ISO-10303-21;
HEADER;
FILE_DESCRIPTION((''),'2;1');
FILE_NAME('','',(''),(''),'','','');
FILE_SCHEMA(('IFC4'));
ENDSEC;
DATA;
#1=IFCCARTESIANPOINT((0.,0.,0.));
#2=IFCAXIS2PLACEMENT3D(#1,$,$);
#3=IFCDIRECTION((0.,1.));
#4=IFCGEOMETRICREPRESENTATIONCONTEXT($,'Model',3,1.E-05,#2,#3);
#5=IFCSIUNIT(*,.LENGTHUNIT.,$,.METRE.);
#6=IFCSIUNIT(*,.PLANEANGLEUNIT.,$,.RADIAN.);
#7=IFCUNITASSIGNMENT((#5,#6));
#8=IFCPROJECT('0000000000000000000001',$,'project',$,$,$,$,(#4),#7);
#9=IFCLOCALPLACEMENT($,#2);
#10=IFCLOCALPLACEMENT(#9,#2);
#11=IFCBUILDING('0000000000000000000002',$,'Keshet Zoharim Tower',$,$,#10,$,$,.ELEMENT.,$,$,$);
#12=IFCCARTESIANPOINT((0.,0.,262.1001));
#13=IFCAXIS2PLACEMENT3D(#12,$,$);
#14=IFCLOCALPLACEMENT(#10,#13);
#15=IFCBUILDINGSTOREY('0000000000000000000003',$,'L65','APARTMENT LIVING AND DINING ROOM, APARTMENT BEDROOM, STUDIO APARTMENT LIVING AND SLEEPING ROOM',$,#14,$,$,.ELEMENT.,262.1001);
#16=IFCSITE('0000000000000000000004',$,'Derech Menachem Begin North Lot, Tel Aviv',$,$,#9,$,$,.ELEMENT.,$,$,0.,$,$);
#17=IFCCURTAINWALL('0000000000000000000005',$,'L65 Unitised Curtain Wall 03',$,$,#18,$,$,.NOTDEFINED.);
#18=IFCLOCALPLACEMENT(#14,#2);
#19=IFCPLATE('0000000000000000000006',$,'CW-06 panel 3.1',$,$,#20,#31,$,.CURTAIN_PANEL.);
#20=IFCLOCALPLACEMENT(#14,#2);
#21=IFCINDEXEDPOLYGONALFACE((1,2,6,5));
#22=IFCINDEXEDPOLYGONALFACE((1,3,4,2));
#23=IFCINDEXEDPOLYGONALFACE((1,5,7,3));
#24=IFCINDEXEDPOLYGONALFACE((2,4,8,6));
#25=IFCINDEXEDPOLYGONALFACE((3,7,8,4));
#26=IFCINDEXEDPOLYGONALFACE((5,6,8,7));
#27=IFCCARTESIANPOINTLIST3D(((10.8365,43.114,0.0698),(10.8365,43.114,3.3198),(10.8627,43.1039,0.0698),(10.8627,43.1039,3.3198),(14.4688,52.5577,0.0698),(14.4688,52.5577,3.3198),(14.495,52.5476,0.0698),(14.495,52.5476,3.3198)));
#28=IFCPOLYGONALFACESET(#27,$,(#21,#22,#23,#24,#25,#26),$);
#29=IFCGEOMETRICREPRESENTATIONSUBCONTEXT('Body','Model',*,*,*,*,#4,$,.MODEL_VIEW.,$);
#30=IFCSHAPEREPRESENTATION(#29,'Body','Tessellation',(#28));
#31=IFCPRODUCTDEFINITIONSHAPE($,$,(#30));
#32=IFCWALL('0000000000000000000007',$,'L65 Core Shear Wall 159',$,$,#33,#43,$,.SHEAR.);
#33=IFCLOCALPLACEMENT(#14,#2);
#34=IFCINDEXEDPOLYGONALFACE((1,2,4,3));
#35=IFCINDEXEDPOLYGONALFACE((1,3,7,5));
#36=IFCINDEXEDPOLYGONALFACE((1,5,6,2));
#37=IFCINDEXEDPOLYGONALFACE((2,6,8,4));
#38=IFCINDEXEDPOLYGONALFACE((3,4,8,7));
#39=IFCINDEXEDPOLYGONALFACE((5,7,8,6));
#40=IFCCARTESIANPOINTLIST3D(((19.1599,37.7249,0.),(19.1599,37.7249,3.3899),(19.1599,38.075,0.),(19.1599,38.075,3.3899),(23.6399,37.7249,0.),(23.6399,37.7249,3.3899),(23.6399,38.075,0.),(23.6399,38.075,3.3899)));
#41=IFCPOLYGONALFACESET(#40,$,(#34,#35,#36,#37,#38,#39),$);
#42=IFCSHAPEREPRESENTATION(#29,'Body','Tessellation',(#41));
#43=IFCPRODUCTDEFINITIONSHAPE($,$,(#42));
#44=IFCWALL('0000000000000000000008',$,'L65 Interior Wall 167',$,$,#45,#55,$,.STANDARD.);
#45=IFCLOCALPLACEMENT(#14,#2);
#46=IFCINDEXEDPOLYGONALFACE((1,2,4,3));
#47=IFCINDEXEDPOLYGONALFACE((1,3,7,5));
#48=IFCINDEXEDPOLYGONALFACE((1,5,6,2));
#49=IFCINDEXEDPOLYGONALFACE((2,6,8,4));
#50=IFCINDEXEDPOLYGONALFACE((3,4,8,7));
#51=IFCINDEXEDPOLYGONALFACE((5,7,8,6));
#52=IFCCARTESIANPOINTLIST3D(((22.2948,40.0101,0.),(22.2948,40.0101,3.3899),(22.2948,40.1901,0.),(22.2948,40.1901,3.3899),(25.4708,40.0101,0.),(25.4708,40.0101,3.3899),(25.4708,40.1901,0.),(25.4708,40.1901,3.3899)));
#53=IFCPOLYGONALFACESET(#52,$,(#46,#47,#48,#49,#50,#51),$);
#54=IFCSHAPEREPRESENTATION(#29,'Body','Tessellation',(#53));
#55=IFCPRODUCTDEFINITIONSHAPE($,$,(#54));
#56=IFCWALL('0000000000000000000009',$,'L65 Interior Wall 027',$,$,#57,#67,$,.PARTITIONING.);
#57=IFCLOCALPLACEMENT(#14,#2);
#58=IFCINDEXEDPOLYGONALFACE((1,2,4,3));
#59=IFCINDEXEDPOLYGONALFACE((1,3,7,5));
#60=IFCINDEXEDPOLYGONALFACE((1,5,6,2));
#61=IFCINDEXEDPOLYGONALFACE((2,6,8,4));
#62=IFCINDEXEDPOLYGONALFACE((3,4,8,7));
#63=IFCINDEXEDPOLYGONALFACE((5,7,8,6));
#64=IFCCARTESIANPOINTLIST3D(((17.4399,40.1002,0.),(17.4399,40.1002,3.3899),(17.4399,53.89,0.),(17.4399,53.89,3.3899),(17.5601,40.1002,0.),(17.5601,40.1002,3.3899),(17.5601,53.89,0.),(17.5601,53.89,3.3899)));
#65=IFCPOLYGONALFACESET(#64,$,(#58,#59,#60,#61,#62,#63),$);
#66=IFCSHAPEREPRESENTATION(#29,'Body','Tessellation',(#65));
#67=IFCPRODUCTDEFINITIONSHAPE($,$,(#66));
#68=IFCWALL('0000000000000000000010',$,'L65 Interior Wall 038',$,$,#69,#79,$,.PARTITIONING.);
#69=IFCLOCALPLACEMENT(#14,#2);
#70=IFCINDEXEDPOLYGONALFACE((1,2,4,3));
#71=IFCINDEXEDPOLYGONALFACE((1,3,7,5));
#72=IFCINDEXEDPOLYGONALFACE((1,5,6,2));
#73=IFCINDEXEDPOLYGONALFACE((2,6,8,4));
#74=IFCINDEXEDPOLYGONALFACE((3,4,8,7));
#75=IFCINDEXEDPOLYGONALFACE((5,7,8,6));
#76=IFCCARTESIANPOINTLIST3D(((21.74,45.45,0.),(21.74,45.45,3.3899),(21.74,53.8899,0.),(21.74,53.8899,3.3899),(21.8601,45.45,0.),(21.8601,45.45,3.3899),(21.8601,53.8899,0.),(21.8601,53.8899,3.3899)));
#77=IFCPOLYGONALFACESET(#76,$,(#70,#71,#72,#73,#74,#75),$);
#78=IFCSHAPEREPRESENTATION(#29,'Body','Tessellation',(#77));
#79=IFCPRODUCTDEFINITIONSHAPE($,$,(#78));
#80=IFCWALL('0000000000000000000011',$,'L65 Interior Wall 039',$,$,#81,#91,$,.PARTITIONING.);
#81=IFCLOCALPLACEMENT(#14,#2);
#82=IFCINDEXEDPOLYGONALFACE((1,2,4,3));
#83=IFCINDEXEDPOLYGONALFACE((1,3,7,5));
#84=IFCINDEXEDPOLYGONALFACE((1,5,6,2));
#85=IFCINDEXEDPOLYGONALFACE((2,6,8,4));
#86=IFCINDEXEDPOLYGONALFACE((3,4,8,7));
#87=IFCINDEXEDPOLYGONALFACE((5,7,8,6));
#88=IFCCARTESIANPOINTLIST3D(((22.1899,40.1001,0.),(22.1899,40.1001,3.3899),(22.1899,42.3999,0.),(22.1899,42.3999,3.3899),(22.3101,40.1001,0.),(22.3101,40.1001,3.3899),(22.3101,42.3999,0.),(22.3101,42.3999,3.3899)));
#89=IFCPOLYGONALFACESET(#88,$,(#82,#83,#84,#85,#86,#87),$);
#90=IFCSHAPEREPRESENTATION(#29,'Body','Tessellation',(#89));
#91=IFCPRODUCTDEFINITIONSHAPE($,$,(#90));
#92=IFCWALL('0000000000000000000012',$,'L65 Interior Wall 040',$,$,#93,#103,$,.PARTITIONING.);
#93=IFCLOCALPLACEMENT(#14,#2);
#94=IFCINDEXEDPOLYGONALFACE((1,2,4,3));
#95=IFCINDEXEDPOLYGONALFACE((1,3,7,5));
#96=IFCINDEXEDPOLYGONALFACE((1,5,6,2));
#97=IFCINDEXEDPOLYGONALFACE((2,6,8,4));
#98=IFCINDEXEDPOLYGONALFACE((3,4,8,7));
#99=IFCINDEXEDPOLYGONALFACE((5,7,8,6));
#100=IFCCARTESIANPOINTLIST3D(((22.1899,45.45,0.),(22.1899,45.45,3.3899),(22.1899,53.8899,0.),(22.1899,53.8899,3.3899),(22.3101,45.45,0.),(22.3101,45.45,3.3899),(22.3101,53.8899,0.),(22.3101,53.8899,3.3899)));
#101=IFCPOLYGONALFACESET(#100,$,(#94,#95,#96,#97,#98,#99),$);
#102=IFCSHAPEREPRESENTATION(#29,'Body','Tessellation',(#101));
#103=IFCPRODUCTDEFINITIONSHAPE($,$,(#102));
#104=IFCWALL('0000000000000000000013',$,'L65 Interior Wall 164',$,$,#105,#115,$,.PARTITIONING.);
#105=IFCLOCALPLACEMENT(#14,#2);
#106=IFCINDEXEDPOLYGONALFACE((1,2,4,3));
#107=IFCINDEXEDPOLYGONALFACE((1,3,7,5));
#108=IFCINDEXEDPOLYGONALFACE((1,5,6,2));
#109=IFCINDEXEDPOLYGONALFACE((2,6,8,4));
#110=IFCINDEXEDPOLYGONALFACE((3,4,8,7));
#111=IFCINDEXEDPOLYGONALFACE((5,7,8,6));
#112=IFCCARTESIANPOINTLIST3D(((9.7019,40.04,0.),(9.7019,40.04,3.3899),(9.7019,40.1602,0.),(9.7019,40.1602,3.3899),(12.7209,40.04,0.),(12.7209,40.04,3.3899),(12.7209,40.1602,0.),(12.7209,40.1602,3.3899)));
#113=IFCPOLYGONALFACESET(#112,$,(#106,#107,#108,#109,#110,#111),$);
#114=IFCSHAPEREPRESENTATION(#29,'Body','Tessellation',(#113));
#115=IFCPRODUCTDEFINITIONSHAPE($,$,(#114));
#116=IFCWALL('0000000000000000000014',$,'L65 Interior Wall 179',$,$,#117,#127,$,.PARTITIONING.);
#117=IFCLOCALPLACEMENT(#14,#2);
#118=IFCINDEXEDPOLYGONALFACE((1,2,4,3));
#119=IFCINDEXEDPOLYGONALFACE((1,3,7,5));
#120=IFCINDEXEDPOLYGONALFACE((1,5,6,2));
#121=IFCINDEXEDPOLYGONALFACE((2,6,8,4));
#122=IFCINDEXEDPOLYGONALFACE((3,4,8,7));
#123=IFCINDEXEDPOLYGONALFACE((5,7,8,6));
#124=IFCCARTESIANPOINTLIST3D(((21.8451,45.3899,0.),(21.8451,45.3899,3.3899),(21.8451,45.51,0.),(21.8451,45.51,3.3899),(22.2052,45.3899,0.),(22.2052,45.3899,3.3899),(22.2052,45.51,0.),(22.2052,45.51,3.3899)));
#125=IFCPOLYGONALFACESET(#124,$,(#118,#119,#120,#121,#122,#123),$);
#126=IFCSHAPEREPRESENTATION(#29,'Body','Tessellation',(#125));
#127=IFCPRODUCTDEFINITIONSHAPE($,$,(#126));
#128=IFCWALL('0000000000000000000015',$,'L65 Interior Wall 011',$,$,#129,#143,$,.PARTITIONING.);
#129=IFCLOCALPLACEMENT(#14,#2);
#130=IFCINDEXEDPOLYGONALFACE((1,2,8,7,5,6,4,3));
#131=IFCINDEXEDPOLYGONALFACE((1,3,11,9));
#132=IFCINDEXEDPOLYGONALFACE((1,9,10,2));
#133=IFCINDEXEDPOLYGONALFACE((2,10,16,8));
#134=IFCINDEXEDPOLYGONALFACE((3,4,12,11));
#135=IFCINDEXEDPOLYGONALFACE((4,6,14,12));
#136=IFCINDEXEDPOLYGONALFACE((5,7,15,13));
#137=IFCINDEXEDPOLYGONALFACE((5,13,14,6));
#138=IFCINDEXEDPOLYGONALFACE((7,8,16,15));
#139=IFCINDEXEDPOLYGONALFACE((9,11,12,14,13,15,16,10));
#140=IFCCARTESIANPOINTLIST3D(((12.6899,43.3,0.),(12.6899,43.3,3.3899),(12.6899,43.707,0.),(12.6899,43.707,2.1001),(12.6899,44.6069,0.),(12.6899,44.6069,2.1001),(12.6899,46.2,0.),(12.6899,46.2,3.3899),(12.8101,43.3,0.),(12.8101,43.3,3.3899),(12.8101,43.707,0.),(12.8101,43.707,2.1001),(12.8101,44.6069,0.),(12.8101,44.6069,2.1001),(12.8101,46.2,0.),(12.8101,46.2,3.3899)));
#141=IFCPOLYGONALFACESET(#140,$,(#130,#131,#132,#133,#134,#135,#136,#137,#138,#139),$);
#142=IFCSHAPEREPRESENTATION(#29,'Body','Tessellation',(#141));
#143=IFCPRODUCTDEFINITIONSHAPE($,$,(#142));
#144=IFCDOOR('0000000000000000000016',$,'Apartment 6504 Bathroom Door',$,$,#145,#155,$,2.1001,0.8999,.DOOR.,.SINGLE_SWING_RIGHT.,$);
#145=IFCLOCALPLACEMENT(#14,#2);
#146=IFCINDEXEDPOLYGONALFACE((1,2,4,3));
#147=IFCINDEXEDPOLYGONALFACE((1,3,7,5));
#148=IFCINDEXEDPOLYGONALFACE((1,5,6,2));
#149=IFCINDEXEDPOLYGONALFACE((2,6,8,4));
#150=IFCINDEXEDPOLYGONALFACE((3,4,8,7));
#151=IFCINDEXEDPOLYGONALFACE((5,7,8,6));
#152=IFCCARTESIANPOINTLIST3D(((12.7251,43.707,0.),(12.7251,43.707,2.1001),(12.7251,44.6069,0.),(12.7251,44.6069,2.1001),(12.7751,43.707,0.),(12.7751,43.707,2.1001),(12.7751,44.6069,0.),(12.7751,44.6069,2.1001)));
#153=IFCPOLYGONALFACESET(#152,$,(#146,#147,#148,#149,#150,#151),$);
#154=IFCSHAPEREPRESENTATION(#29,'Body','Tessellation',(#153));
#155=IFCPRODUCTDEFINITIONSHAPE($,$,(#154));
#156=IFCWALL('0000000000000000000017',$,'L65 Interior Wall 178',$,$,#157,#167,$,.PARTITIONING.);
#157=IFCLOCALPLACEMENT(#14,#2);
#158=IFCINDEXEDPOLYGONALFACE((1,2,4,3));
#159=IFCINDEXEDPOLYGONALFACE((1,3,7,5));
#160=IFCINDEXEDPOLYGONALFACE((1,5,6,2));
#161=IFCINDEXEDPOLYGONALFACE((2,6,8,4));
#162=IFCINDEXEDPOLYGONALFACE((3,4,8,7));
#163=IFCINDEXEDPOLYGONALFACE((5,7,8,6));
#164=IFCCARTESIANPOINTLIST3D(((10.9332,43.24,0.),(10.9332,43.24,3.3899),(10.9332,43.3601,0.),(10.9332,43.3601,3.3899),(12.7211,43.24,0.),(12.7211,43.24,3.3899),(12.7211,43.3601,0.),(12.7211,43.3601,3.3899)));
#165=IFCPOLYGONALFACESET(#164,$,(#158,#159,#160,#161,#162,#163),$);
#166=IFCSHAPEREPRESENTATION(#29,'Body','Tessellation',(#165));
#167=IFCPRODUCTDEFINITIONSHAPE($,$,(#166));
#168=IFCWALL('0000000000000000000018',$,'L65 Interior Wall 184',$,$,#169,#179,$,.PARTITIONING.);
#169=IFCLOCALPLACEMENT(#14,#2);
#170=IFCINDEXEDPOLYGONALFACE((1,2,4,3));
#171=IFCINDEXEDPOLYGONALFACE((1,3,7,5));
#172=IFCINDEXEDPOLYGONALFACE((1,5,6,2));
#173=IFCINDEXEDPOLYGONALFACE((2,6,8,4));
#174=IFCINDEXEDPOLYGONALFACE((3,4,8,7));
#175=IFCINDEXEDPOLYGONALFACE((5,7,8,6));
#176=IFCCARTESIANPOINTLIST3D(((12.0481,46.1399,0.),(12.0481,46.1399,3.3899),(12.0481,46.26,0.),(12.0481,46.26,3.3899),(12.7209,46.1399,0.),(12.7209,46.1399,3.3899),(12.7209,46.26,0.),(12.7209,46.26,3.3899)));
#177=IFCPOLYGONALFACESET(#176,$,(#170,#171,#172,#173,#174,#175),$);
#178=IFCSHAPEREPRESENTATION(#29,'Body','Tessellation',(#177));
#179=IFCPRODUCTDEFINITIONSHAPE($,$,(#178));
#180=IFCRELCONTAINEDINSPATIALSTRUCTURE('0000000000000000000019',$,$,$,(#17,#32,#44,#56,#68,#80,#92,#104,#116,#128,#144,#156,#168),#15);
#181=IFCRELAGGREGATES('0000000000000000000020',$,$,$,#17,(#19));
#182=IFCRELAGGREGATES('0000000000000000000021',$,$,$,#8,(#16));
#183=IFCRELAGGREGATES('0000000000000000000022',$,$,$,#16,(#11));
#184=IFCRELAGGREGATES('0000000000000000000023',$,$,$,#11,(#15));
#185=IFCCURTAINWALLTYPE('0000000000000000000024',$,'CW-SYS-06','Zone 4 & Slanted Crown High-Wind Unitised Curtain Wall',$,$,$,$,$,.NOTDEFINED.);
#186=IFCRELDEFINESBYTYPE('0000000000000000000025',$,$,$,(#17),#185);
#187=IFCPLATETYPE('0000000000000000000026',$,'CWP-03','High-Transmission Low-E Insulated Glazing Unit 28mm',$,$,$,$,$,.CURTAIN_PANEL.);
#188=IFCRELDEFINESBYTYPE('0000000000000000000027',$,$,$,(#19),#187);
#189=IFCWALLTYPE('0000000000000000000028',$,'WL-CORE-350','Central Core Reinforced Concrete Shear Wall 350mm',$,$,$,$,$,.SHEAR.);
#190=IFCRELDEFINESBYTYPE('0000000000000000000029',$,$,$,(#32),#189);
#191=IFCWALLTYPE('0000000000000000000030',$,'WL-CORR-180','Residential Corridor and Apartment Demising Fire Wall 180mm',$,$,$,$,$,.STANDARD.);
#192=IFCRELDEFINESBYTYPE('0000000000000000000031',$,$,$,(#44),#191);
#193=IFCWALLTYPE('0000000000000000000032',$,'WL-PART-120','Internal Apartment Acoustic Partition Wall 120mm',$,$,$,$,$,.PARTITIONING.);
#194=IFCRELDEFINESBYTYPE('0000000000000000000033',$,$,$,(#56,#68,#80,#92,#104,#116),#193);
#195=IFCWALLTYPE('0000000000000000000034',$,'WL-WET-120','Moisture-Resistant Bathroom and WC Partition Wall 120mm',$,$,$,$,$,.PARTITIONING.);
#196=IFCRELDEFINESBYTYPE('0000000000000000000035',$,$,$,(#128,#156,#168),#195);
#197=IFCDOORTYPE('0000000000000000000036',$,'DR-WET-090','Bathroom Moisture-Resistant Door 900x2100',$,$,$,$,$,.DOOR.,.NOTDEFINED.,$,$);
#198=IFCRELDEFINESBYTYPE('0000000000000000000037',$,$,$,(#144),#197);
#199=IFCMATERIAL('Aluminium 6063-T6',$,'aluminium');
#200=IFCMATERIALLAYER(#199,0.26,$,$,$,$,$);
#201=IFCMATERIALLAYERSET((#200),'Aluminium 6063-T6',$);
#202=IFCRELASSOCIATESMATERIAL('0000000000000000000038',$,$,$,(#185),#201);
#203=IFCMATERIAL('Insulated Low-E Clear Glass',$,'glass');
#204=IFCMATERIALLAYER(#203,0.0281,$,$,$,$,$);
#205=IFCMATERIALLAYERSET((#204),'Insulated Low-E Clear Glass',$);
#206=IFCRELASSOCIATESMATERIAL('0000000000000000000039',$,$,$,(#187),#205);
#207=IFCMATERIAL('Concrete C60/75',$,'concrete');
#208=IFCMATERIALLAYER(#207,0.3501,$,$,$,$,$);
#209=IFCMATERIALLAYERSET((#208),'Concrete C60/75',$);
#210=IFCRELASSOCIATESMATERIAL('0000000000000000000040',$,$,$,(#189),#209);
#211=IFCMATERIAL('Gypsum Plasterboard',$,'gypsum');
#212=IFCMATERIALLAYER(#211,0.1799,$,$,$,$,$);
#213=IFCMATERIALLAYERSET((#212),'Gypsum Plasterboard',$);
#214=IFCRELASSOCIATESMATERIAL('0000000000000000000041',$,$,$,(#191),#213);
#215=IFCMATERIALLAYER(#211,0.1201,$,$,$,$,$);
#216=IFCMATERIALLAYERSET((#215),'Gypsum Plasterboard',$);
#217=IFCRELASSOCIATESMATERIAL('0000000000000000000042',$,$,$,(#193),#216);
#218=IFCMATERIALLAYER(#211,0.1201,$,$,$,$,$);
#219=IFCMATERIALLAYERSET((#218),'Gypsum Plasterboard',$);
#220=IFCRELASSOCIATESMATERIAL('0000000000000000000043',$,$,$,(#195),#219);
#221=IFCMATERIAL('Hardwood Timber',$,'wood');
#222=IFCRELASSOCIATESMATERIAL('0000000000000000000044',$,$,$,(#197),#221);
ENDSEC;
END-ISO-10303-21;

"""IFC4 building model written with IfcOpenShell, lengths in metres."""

from ifc_helpers import new_model, si_unit, direction, frame, frame_2d, origin, origin_2d, place, context, subcontext, project, spatial, rectangle, extrude, material, layer, layer_set, type_object, element, fill, aggregate, save


model = new_model("IFC4")

# Units and contexts
model_context = context("Model", 3, precision=1e-05, world=origin(), true_north=direction((0.0, 1.0)))
body_context = subcontext(model_context, "Body", "Model", "MODEL_VIEW")
ifc_project = project(units=[si_unit("LENGTHUNIT", "METRE"), si_unit("PLANEANGLEUNIT", "RADIAN")], contexts=[model_context])

# Site, building, storey
site_placement = place(None, origin())
site = spatial("IfcSite", under=ifc_project, at=site_placement, Name="Derech Menachem Begin North Lot, Tel Aviv", CompositionType="ELEMENT", RefElevation=0.0)
building_placement = place(site_placement, origin())
building = spatial("IfcBuilding", under=site, at=building_placement, Name="Keshet Zoharim Tower", CompositionType="ELEMENT")
storey_placement = place(building_placement, frame((0.0, 0.0, 262.1001)))
storey = spatial("IfcBuildingStorey", under=building, at=storey_placement, Name="L65", Description="APARTMENT LIVING AND DINING ROOM, APARTMENT BEDROOM, STUDIO APARTMENT LIVING AND SLEEPING ROOM", CompositionType="ELEMENT", Elevation=262.1001)

# Curtain wall, plate
ifc_material_1 = material(Name="Aluminium 6063-T6", Category="aluminium")
ifc_layer_1 = layer(ifc_material_1, 0.26)
ifc_layer_set_1 = layer_set([ifc_layer_1], Name="Aluminium 6063-T6")
curtain_wall_type = type_object("IfcCurtainWallType", Name="CW-SYS-06", Description="Zone 4 & Slanted Crown High-Wind Unitised Curtain Wall", PredefinedType="NOTDEFINED", material=ifc_layer_set_1)
curtain_wall_placement = place(storey_placement, origin())
curtain_wall = element("IfcCurtainWall", 1, at=curtain_wall_placement, inside=storey, type_object=curtain_wall_type, Name="L65 Unitised Curtain Wall 03", PredefinedType="NOTDEFINED")
ifc_material_2 = material(Name="Insulated Low-E Clear Glass", Category="glass")
ifc_layer_2 = layer(ifc_material_2, 0.0281)
ifc_layer_set_2 = layer_set([ifc_layer_2], Name="Insulated Low-E Clear Glass")
plate_type = type_object("IfcPlateType", Name="CWP-03", Description="High-Transmission Low-E Insulated Glazing Unit 28mm", PredefinedType="CURTAIN_PANEL", material=ifc_layer_set_2)
plate_1_placement = place(storey_placement, frame((12.6658, 47.8308, 0.0698), z_axis=(0.0, 0.0, 1.0), x_axis=(0.35899, 0.933341, 0.0)))
plate_1 = element("IfcPlate", 2, at=plate_1_placement, type_object=plate_type, Name="CW-06 panel 3.1", PredefinedType="CURTAIN_PANEL", context=body_context, shape_type="SweptSolid", body=[
    extrude(rectangle(XDim=10.1182, YDim=0.0281, at=origin_2d()), origin(), (0.0, 0.0, 1.0), 3.25),
])
aggregate(curtain_wall, [plate_1])

# Wall
ifc_material_3 = material(Name="Concrete C60/75", Category="concrete")
ifc_layer_3 = layer(ifc_material_3, 0.3501)
ifc_layer_set_3 = layer_set([ifc_layer_3], Name="Concrete C60/75")
wall_type_1 = type_object("IfcWallType", Name="WL-CORE-350", Description="Central Core Reinforced Concrete Shear Wall 350mm", PredefinedType="SHEAR", material=ifc_layer_set_3)
wall_1_placement = place(storey_placement, frame((19.1599, 37.8999, 0.0), z_axis=(0.0, 0.0, 1.0), x_axis=(1.0, 0.0, 0.0)))
element("IfcWall", 3, at=wall_1_placement, inside=storey, type_object=wall_type_1, Name="L65 Core Shear Wall 159", PredefinedType="SHEAR", context=body_context, shape_type="SweptSolid", body=[
    extrude(rectangle(XDim=4.48, YDim=0.3501, at=frame_2d((2.24, 0.0))), origin(), (0.0, 0.0, 1.0), 3.3899),
])

# Shared definitions
ifc_material_4 = material(Name="Gypsum Plasterboard", Category="gypsum")
ifc_layer_4 = layer(ifc_material_4, 0.1799)
ifc_layer_set_4 = layer_set([ifc_layer_4], Name="Gypsum Plasterboard")
wall_type_2 = type_object("IfcWallType", Name="WL-CORR-180", Description="Residential Corridor and Apartment Demising Fire Wall 180mm", PredefinedType="STANDARD", material=ifc_layer_set_4)
ifc_material_5 = material(Name="Hardwood Timber", Category="wood")

# Wall
wall_2_placement = place(storey_placement, frame((22.2949, 40.1001, 0.0), z_axis=(0.0, 0.0, 1.0), x_axis=(1.0, 0.0, 0.0)))
element("IfcWall", 4, at=wall_2_placement, inside=storey, type_object=wall_type_2, Name="L65 Interior Wall 167", PredefinedType="STANDARD", context=body_context, shape_type="SweptSolid", body=[
    extrude(rectangle(XDim=3.176, YDim=0.1799, at=frame_2d((1.5879, 0.0))), origin(), (0.0, 0.0, 1.0), 3.3899),
])

# Shared definitions
ifc_layer_5 = layer(ifc_material_4, 0.1201)
ifc_layer_set_5 = layer_set([ifc_layer_5], Name="Gypsum Plasterboard")
wall_type_3 = type_object("IfcWallType", Name="WL-PART-120", Description="Internal Apartment Acoustic Partition Wall 120mm", PredefinedType="PARTITIONING", material=ifc_layer_set_5)

# Walls
wall_3_placement = place(storey_placement, frame((17.5, 40.1001, 0.0), z_axis=(0.0, 0.0, 1.0), x_axis=(0.0, 1.0, 0.0)))
element("IfcWall", 5, at=wall_3_placement, inside=storey, type_object=wall_type_3, Name="L65 Interior Wall 027", PredefinedType="PARTITIONING", context=body_context, shape_type="SweptSolid", body=[
    extrude(rectangle(XDim=13.7898, YDim=0.1201, at=frame_2d((6.895, 0.0))), origin(), (0.0, 0.0, 1.0), 3.3899),
])
wall_4_placement = place(storey_placement, frame((21.8, 45.45, 0.0), z_axis=(0.0, 0.0, 1.0), x_axis=(0.0, 1.0, 0.0)))
element("IfcWall", 6, at=wall_4_placement, inside=storey, type_object=wall_type_3, Name="L65 Interior Wall 038", PredefinedType="PARTITIONING", context=body_context, shape_type="SweptSolid", body=[
    extrude(rectangle(XDim=8.4399, YDim=0.1201, at=frame_2d((4.22, 0.0))), origin(), (0.0, 0.0, 1.0), 3.3899),
])
wall_5_placement = place(storey_placement, frame((22.25, 40.1001, 0.0), z_axis=(0.0, 0.0, 1.0), x_axis=(0.0, 1.0, 0.0)))
element("IfcWall", 7, at=wall_5_placement, inside=storey, type_object=wall_type_3, Name="L65 Interior Wall 039", PredefinedType="PARTITIONING", context=body_context, shape_type="SweptSolid", body=[
    extrude(rectangle(XDim=2.2998, YDim=0.1201, at=frame_2d((1.1499, 0.0))), origin(), (0.0, 0.0, 1.0), 3.3899),
])
wall_6_placement = place(storey_placement, frame((22.25, 45.45, 0.0), z_axis=(0.0, 0.0, 1.0), x_axis=(0.0, 1.0, 0.0)))
element("IfcWall", 8, at=wall_6_placement, inside=storey, type_object=wall_type_3, Name="L65 Interior Wall 040", PredefinedType="PARTITIONING", context=body_context, shape_type="SweptSolid", body=[
    extrude(rectangle(XDim=8.4399, YDim=0.1201, at=frame_2d((4.22, 0.0))), origin(), (0.0, 0.0, 1.0), 3.3899),
])
wall_7_placement = place(storey_placement, frame((9.7019, 40.1001, 0.0), z_axis=(0.0, 0.0, 1.0), x_axis=(1.0, 0.0, 0.0)))
element("IfcWall", 9, at=wall_7_placement, inside=storey, type_object=wall_type_3, Name="L65 Interior Wall 164", PredefinedType="PARTITIONING", context=body_context, shape_type="SweptSolid", body=[
    extrude(rectangle(XDim=3.019, YDim=0.1201, at=frame_2d((1.5095, 0.0))), origin(), (0.0, 0.0, 1.0), 3.3899),
])

# Wall
wall_8_placement = place(storey_placement, frame((21.845, 45.45, 0.0), z_axis=(0.0, 0.0, 1.0), x_axis=(1.0, 0.0, 0.0)))
element("IfcWall", 10, at=wall_8_placement, inside=storey, type_object=wall_type_3, Name="L65 Interior Wall 179", PredefinedType="PARTITIONING", context=body_context, shape_type="SweptSolid", body=[
    extrude(rectangle(XDim=0.3601, YDim=0.1201, at=frame_2d((0.1802, 0.0))), origin(), (0.0, 0.0, 1.0), 3.3899),
])

# Wall, opening, door
ifc_layer_6 = layer(ifc_material_4, 0.1201)
ifc_layer_set_6 = layer_set([ifc_layer_6], Name="Gypsum Plasterboard")
wall_type_4 = type_object("IfcWallType", Name="WL-WET-120", Description="Moisture-Resistant Bathroom and WC Partition Wall 120mm", PredefinedType="PARTITIONING", material=ifc_layer_set_6)
wall_9_placement = place(storey_placement, frame((12.75, 43.3, 0.0), z_axis=(0.0, 0.0, 1.0), x_axis=(0.0, 1.0, 0.0)))
wall_9 = element("IfcWall", 11, at=wall_9_placement, inside=storey, type_object=wall_type_4, Name="L65 Interior Wall 011", PredefinedType="PARTITIONING", context=body_context, shape_type="SweptSolid", body=[
    extrude(rectangle(XDim=2.8999, YDim=0.1201, at=frame_2d((1.45, 0.0))), origin(), (0.0, 0.0, 1.0), 3.3899),
])
opening_1_placement = place(wall_9_placement, frame((0.407, 0.0, 0.0)))
opening_1 = element("IfcOpeningElement", 12, at=opening_1_placement, cuts=wall_9, PredefinedType="OPENING", context=body_context, shape_type="SweptSolid", body=[
    extrude(rectangle(XDim=0.8999, YDim=2.1001, at=frame_2d((0.45, 1.05))), frame((0.0, 0.0701, 0.0), z_axis=(0.0, -1.0, 0.0), x_axis=(1.0, 0.0, 0.0)), (0.0, 0.0, 1.0), 0.1401),
])
door_type_1 = type_object("IfcDoorType", Name="DR-WET-090", Description="Bathroom Moisture-Resistant Door 900x2100", OperationType="NOTDEFINED", PredefinedType="DOOR", material=ifc_material_5)
door_1_placement = place(opening_1_placement, origin())
door_1 = element("IfcDoor", 13, at=door_1_placement, inside=storey, type_object=door_type_1, Name="Apartment 6504 Bathroom Door", OperationType="SINGLE_SWING_RIGHT", OverallHeight=2.1001, OverallWidth=0.8999, PredefinedType="DOOR", context=body_context, shape_type="SweptSolid", body=[
    extrude(rectangle(XDim=0.8999, YDim=2.1001, at=frame_2d((0.45, 1.05))), frame((0.0, 0.0249, 0.0), z_axis=(0.0, -1.0, 0.0), x_axis=(1.0, 0.0, 0.0)), (0.0, 0.0, 1.0), 0.05),
])
fill(opening_1, door_1)

# Walls
wall_10_placement = place(storey_placement, frame((10.9331, 43.3, 0.0), z_axis=(0.0, 0.0, 1.0), x_axis=(1.0, 0.0, 0.0)))
element("IfcWall", 14, at=wall_10_placement, inside=storey, type_object=wall_type_4, Name="L65 Interior Wall 178", PredefinedType="PARTITIONING", context=body_context, shape_type="SweptSolid", body=[
    extrude(rectangle(XDim=1.7878, YDim=0.1201, at=frame_2d((0.894, 0.0))), origin(), (0.0, 0.0, 1.0), 3.3899),
])
wall_11_placement = place(storey_placement, frame((12.0481, 46.2, 0.0), z_axis=(0.0, 0.0, 1.0), x_axis=(1.0, 0.0, 0.0)))
element("IfcWall", 15, at=wall_11_placement, inside=storey, type_object=wall_type_4, Name="L65 Interior Wall 184", PredefinedType="PARTITIONING", context=body_context, shape_type="SweptSolid", body=[
    extrude(rectangle(XDim=0.6729, YDim=0.1201, at=frame_2d((0.3364, 0.0))), origin(), (0.0, 0.0, 1.0), 3.3899),
])

save(model, "model.ifc")
